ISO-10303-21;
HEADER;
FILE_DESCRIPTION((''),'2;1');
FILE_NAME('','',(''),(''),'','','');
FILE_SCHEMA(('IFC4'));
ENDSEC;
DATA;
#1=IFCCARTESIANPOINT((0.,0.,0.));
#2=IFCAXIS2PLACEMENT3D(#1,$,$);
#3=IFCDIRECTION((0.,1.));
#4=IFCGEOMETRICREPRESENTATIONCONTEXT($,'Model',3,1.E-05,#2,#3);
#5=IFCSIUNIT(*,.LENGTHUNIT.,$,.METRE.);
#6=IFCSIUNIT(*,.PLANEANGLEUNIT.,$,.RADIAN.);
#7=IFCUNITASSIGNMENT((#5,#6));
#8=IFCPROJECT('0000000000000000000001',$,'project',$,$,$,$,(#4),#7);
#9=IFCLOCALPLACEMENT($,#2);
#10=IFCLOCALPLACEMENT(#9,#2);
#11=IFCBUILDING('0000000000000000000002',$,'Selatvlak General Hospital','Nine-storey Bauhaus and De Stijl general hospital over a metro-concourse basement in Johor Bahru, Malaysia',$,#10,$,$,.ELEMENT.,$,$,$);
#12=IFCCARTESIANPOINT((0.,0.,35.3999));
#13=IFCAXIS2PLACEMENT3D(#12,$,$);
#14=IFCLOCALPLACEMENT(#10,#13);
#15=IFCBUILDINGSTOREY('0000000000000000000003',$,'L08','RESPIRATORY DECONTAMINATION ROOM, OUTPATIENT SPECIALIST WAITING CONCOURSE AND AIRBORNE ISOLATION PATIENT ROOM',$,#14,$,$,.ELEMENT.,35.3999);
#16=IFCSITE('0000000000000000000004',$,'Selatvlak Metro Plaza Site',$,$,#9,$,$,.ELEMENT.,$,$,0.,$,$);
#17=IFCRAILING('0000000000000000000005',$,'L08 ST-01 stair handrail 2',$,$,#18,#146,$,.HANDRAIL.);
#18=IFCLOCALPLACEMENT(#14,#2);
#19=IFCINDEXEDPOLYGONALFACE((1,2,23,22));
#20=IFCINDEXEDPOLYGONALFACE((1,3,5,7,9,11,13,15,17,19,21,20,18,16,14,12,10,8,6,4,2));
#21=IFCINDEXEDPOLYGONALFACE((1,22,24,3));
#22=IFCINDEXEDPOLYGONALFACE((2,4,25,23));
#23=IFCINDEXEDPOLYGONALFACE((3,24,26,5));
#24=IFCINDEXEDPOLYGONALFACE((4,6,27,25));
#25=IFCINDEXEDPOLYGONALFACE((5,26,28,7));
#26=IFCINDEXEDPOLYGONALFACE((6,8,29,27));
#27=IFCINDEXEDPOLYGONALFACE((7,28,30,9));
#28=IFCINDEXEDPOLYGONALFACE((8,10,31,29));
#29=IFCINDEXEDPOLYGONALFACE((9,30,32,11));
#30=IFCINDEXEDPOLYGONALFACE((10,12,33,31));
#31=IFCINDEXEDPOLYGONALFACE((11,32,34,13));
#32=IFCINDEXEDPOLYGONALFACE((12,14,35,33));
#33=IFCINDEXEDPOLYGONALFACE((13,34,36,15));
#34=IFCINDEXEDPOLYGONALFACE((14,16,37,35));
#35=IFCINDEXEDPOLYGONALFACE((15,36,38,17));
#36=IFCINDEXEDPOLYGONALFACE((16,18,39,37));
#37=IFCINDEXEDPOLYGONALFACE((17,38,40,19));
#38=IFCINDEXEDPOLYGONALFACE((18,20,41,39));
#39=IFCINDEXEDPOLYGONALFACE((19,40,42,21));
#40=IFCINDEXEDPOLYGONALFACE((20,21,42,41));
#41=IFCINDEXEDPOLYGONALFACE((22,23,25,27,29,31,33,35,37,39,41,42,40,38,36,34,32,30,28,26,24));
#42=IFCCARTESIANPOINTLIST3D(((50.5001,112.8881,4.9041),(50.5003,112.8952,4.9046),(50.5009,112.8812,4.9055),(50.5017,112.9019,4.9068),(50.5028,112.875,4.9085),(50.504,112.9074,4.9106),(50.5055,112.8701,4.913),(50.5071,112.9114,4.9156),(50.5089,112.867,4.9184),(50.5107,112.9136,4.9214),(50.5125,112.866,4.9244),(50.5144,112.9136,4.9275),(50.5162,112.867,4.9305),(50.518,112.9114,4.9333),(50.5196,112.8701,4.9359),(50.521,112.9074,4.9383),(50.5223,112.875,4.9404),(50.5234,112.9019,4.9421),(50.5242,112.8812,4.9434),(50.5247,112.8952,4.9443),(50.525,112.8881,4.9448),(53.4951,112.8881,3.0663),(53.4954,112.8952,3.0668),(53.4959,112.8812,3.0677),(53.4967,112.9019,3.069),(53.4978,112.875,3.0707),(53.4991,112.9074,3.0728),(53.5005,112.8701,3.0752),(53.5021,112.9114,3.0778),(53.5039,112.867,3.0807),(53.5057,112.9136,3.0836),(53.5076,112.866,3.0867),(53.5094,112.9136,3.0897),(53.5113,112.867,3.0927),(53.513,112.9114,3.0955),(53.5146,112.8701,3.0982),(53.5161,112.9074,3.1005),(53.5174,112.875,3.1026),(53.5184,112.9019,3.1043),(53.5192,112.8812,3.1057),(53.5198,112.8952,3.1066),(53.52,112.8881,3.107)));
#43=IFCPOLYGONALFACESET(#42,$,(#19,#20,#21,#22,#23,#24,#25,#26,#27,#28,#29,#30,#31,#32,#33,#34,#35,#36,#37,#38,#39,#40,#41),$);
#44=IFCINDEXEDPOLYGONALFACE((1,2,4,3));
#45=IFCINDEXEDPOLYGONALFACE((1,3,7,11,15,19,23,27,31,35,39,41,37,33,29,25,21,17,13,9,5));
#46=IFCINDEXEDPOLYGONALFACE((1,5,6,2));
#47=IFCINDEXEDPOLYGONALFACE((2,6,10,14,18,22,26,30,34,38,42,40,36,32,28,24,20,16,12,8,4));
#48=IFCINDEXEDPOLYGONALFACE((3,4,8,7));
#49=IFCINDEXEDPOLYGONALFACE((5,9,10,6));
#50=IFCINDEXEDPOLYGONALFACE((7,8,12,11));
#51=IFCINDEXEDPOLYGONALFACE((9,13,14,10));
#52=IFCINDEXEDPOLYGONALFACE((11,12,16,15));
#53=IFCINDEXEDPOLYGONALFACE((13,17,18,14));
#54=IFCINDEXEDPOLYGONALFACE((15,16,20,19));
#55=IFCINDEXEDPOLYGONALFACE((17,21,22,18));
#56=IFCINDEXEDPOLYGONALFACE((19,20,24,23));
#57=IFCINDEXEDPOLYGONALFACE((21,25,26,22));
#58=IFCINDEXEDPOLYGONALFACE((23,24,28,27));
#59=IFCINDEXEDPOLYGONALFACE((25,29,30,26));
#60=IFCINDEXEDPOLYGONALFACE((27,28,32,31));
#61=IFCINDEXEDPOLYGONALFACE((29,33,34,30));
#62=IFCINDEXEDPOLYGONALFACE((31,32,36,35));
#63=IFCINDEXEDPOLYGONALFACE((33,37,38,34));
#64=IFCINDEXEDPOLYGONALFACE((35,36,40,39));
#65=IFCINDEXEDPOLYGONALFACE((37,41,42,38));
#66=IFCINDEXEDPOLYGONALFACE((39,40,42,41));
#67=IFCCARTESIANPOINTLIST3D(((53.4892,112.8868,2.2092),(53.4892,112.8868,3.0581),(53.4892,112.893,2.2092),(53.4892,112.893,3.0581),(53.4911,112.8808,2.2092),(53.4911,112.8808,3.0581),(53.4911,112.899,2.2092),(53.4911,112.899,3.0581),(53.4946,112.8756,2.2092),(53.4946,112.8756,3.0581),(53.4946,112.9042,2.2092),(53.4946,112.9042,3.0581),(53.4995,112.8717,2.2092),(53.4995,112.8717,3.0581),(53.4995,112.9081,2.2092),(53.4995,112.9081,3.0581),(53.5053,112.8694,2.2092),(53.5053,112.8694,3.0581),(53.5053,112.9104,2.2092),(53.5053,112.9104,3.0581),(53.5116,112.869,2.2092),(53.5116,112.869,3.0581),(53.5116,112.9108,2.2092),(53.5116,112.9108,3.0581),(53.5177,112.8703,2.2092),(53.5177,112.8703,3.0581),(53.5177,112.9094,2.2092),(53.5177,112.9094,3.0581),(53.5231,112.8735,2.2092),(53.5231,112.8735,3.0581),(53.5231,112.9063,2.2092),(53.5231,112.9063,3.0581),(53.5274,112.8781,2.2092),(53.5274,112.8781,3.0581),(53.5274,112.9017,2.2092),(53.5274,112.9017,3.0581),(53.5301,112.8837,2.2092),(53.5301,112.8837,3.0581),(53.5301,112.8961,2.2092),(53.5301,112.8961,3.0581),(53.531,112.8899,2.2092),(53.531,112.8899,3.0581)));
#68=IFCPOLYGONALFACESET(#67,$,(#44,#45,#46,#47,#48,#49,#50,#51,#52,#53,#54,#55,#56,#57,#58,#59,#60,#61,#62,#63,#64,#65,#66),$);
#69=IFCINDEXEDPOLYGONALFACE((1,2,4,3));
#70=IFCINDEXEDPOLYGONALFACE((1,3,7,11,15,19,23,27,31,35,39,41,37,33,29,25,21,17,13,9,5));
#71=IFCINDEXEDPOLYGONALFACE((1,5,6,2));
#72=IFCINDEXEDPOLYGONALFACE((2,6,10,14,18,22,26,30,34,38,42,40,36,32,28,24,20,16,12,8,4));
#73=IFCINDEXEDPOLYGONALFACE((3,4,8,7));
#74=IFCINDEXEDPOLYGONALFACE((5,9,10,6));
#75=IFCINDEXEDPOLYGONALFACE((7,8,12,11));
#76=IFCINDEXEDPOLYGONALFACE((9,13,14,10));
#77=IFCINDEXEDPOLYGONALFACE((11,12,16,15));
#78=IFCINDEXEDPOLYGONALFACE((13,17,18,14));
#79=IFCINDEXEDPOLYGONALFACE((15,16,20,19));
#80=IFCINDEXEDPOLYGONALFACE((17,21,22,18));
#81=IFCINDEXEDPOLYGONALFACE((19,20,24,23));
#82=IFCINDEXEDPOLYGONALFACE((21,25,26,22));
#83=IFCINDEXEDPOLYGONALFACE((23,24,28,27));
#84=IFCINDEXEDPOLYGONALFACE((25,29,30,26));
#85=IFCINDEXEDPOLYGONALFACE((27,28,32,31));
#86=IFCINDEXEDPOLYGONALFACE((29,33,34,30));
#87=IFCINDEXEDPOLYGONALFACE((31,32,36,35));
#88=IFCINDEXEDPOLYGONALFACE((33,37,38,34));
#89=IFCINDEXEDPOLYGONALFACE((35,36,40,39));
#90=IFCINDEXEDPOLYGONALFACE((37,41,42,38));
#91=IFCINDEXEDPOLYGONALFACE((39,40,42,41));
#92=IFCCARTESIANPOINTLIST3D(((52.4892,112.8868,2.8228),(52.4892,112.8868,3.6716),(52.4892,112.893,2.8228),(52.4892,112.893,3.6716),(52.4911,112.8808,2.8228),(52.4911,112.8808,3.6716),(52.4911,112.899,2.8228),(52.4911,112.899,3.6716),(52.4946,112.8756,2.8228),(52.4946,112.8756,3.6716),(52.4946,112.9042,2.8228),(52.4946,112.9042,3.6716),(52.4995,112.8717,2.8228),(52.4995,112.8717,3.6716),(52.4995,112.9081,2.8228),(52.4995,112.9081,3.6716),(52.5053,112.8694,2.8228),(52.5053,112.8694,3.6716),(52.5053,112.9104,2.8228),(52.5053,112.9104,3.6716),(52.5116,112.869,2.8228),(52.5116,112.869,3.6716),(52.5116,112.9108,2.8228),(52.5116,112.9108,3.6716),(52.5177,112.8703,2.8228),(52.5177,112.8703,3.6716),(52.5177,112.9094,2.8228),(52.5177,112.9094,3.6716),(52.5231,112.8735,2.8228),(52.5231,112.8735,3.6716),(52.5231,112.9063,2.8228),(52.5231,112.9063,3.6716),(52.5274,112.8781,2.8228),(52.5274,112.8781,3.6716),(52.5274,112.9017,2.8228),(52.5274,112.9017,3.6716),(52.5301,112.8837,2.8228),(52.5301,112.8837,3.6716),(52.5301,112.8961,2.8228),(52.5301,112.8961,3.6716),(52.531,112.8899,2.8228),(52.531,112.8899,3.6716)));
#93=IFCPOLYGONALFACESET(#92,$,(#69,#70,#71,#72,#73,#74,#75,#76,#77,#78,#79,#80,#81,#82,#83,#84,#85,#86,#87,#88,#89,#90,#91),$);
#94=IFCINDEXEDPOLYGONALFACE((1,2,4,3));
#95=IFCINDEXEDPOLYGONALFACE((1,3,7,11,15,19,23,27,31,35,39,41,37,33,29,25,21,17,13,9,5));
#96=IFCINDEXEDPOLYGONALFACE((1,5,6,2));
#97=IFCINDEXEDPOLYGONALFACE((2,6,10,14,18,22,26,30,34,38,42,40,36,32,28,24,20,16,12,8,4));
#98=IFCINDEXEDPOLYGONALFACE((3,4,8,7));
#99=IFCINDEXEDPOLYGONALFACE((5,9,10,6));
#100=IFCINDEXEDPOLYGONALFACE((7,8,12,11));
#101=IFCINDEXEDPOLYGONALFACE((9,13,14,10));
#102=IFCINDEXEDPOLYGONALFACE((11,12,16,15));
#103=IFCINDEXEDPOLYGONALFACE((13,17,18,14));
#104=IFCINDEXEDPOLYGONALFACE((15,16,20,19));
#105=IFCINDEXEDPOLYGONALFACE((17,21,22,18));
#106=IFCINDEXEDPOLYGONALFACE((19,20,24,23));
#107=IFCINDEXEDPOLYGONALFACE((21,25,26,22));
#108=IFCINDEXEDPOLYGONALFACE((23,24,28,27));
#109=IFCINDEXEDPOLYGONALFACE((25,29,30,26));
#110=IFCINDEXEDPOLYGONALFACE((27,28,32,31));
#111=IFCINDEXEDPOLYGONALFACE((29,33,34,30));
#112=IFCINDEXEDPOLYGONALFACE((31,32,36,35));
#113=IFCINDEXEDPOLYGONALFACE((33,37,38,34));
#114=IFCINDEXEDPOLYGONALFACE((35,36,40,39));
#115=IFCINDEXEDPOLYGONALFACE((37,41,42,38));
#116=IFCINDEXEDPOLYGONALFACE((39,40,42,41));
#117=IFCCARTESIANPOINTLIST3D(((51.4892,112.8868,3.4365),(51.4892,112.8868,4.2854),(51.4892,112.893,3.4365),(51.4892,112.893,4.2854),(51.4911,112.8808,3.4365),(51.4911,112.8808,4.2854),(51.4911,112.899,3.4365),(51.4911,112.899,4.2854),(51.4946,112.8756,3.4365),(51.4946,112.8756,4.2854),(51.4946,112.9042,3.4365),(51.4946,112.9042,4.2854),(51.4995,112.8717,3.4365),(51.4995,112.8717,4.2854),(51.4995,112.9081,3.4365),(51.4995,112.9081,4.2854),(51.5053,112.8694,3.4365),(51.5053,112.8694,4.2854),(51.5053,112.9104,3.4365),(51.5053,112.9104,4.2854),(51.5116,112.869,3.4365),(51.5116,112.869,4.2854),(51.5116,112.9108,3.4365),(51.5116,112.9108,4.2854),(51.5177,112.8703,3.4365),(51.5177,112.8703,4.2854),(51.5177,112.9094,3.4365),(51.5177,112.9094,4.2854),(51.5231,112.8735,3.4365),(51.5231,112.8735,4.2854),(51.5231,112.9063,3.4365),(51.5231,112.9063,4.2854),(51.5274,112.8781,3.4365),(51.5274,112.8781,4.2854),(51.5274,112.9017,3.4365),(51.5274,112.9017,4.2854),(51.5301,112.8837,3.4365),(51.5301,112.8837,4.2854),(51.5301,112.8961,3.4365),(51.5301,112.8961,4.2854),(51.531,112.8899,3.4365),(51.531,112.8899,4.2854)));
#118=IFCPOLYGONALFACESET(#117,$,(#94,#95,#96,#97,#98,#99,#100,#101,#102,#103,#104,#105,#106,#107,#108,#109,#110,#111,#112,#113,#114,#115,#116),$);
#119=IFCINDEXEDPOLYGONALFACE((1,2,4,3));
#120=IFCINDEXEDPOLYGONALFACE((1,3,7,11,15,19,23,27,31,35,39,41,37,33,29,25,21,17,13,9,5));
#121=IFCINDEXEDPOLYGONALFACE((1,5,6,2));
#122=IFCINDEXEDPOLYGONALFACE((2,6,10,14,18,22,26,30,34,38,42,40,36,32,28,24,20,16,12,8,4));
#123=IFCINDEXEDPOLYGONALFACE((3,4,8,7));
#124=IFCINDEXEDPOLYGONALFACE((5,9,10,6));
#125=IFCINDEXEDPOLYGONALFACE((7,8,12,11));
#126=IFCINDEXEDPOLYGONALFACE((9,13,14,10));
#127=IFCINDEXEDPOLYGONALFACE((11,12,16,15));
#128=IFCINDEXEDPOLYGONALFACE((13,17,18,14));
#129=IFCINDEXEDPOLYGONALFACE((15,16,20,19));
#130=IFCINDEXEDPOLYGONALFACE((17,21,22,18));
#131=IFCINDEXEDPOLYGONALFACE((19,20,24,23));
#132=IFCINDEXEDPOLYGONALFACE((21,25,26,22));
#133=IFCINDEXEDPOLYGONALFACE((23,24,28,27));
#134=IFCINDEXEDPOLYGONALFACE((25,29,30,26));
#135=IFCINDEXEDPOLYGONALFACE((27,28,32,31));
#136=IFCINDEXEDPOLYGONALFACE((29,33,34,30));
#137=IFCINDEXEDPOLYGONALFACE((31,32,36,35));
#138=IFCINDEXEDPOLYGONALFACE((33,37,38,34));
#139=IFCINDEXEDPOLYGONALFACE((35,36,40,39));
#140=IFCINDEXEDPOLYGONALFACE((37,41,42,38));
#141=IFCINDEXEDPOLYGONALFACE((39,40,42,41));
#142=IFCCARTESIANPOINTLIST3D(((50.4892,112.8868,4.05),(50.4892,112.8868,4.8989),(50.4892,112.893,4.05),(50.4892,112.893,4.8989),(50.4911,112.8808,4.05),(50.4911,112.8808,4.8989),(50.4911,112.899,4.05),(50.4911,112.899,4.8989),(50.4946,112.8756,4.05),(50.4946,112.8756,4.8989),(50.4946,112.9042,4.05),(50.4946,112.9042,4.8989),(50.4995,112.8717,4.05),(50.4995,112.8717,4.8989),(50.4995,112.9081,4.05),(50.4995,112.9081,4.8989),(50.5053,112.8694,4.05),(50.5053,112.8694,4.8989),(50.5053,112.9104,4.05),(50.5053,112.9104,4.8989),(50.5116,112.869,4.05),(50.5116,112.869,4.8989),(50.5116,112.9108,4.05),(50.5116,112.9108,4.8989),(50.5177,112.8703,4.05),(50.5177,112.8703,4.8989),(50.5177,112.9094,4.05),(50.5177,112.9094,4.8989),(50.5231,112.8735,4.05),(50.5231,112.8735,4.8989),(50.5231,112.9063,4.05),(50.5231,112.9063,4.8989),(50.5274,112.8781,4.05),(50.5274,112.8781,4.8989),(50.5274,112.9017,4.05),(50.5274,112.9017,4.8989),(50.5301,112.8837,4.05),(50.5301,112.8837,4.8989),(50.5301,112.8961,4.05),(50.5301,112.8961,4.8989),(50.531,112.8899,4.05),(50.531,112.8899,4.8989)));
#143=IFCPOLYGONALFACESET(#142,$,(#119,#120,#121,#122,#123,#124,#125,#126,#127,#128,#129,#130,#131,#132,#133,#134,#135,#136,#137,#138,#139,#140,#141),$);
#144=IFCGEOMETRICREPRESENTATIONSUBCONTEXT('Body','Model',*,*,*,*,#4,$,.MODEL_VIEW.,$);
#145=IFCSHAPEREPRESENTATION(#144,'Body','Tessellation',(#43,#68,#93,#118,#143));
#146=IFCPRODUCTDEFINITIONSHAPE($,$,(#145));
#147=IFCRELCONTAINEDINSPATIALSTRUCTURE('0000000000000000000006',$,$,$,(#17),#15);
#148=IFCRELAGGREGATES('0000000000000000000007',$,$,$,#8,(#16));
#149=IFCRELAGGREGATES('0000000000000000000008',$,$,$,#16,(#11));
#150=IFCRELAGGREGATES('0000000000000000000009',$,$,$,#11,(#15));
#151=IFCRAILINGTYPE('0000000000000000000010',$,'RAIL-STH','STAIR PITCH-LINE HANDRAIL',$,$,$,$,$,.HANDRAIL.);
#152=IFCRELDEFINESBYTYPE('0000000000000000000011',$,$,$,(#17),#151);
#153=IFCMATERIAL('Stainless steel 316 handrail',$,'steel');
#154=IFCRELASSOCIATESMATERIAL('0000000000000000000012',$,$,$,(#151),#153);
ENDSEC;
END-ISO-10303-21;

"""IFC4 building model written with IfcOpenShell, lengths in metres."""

from ifc_helpers import new_model, si_unit, direction, frame, origin, origin_2d, place, context, subcontext, project, spatial, circle, extrude, material, type_object, element, save


model = new_model("IFC4")

# Units and contexts
model_context = context("Model", 3, precision=1e-05, world=origin(), true_north=direction((0.0, 1.0)))
body_context = subcontext(model_context, "Body", "Model", "MODEL_VIEW")
ifc_project = project(units=[si_unit("LENGTHUNIT", "METRE"), si_unit("PLANEANGLEUNIT", "RADIAN")], contexts=[model_context])

# Site, building, storey
site_placement = place(None, origin())
site = spatial("IfcSite", under=ifc_project, at=site_placement, Name="Selatvlak Metro Plaza Site", CompositionType="ELEMENT", RefElevation=0.0)
building_placement = place(site_placement, origin())
building = spatial("IfcBuilding", under=site, at=building_placement, Name="Selatvlak General Hospital", Description="Nine-storey Bauhaus and De Stijl general hospital over a metro-concourse basement in Johor Bahru, Malaysia", CompositionType="ELEMENT")
storey_placement = place(building_placement, frame((0.0, 0.0, 35.3999)))
storey = spatial("IfcBuildingStorey", under=building, at=storey_placement, Name="L08", Description="RESPIRATORY DECONTAMINATION ROOM, OUTPATIENT SPECIALIST WAITING CONCOURSE AND AIRBORNE ISOLATION PATIENT ROOM", CompositionType="ELEMENT", Elevation=35.3999)

# Railing
ifc_material_1 = material(Name="Stainless steel 316 handrail", Category="steel")
railing_type_1 = type_object("IfcRailingType", Name="RAIL-STH", Description="STAIR PITCH-LINE HANDRAIL", PredefinedType="HANDRAIL", material=ifc_material_1)
railing_1_placement = place(storey_placement, frame((53.51, 112.8899, 2.2092)))
element("IfcRailing", 1, at=railing_1_placement, inside=storey, type_object=railing_type_1, Name="L08 ST-01 stair handrail 2", PredefinedType="HANDRAIL", context=body_context, shape_type="SweptSolid", body=[
    extrude(circle(Radius=0.0239, at=origin_2d()), frame((-0.0024, 0.0, 0.8774), z_axis=(-0.852334, 0.0, 0.522998), x_axis=(0.0, -1.0, 0.0)), (0.0, 0.0, 1.0), 3.5139),
    extrude(circle(Radius=0.021, at=origin_2d()), origin(), (0.0, 0.0, 1.0), 0.8489),
    extrude(circle(Radius=0.021, at=origin_2d()), frame((-1.0, 0.0, 0.6135)), (0.0, 0.0, 1.0), 0.8489),
    extrude(circle(Radius=0.021, at=origin_2d()), frame((-2.0, 0.0, 1.2273)), (0.0, 0.0, 1.0), 0.8489),
    extrude(circle(Radius=0.021, at=origin_2d()), frame((-3.0, 0.0, 1.8408)), (0.0, 0.0, 1.0), 0.8489),
])

save(model, "model.ifc")
